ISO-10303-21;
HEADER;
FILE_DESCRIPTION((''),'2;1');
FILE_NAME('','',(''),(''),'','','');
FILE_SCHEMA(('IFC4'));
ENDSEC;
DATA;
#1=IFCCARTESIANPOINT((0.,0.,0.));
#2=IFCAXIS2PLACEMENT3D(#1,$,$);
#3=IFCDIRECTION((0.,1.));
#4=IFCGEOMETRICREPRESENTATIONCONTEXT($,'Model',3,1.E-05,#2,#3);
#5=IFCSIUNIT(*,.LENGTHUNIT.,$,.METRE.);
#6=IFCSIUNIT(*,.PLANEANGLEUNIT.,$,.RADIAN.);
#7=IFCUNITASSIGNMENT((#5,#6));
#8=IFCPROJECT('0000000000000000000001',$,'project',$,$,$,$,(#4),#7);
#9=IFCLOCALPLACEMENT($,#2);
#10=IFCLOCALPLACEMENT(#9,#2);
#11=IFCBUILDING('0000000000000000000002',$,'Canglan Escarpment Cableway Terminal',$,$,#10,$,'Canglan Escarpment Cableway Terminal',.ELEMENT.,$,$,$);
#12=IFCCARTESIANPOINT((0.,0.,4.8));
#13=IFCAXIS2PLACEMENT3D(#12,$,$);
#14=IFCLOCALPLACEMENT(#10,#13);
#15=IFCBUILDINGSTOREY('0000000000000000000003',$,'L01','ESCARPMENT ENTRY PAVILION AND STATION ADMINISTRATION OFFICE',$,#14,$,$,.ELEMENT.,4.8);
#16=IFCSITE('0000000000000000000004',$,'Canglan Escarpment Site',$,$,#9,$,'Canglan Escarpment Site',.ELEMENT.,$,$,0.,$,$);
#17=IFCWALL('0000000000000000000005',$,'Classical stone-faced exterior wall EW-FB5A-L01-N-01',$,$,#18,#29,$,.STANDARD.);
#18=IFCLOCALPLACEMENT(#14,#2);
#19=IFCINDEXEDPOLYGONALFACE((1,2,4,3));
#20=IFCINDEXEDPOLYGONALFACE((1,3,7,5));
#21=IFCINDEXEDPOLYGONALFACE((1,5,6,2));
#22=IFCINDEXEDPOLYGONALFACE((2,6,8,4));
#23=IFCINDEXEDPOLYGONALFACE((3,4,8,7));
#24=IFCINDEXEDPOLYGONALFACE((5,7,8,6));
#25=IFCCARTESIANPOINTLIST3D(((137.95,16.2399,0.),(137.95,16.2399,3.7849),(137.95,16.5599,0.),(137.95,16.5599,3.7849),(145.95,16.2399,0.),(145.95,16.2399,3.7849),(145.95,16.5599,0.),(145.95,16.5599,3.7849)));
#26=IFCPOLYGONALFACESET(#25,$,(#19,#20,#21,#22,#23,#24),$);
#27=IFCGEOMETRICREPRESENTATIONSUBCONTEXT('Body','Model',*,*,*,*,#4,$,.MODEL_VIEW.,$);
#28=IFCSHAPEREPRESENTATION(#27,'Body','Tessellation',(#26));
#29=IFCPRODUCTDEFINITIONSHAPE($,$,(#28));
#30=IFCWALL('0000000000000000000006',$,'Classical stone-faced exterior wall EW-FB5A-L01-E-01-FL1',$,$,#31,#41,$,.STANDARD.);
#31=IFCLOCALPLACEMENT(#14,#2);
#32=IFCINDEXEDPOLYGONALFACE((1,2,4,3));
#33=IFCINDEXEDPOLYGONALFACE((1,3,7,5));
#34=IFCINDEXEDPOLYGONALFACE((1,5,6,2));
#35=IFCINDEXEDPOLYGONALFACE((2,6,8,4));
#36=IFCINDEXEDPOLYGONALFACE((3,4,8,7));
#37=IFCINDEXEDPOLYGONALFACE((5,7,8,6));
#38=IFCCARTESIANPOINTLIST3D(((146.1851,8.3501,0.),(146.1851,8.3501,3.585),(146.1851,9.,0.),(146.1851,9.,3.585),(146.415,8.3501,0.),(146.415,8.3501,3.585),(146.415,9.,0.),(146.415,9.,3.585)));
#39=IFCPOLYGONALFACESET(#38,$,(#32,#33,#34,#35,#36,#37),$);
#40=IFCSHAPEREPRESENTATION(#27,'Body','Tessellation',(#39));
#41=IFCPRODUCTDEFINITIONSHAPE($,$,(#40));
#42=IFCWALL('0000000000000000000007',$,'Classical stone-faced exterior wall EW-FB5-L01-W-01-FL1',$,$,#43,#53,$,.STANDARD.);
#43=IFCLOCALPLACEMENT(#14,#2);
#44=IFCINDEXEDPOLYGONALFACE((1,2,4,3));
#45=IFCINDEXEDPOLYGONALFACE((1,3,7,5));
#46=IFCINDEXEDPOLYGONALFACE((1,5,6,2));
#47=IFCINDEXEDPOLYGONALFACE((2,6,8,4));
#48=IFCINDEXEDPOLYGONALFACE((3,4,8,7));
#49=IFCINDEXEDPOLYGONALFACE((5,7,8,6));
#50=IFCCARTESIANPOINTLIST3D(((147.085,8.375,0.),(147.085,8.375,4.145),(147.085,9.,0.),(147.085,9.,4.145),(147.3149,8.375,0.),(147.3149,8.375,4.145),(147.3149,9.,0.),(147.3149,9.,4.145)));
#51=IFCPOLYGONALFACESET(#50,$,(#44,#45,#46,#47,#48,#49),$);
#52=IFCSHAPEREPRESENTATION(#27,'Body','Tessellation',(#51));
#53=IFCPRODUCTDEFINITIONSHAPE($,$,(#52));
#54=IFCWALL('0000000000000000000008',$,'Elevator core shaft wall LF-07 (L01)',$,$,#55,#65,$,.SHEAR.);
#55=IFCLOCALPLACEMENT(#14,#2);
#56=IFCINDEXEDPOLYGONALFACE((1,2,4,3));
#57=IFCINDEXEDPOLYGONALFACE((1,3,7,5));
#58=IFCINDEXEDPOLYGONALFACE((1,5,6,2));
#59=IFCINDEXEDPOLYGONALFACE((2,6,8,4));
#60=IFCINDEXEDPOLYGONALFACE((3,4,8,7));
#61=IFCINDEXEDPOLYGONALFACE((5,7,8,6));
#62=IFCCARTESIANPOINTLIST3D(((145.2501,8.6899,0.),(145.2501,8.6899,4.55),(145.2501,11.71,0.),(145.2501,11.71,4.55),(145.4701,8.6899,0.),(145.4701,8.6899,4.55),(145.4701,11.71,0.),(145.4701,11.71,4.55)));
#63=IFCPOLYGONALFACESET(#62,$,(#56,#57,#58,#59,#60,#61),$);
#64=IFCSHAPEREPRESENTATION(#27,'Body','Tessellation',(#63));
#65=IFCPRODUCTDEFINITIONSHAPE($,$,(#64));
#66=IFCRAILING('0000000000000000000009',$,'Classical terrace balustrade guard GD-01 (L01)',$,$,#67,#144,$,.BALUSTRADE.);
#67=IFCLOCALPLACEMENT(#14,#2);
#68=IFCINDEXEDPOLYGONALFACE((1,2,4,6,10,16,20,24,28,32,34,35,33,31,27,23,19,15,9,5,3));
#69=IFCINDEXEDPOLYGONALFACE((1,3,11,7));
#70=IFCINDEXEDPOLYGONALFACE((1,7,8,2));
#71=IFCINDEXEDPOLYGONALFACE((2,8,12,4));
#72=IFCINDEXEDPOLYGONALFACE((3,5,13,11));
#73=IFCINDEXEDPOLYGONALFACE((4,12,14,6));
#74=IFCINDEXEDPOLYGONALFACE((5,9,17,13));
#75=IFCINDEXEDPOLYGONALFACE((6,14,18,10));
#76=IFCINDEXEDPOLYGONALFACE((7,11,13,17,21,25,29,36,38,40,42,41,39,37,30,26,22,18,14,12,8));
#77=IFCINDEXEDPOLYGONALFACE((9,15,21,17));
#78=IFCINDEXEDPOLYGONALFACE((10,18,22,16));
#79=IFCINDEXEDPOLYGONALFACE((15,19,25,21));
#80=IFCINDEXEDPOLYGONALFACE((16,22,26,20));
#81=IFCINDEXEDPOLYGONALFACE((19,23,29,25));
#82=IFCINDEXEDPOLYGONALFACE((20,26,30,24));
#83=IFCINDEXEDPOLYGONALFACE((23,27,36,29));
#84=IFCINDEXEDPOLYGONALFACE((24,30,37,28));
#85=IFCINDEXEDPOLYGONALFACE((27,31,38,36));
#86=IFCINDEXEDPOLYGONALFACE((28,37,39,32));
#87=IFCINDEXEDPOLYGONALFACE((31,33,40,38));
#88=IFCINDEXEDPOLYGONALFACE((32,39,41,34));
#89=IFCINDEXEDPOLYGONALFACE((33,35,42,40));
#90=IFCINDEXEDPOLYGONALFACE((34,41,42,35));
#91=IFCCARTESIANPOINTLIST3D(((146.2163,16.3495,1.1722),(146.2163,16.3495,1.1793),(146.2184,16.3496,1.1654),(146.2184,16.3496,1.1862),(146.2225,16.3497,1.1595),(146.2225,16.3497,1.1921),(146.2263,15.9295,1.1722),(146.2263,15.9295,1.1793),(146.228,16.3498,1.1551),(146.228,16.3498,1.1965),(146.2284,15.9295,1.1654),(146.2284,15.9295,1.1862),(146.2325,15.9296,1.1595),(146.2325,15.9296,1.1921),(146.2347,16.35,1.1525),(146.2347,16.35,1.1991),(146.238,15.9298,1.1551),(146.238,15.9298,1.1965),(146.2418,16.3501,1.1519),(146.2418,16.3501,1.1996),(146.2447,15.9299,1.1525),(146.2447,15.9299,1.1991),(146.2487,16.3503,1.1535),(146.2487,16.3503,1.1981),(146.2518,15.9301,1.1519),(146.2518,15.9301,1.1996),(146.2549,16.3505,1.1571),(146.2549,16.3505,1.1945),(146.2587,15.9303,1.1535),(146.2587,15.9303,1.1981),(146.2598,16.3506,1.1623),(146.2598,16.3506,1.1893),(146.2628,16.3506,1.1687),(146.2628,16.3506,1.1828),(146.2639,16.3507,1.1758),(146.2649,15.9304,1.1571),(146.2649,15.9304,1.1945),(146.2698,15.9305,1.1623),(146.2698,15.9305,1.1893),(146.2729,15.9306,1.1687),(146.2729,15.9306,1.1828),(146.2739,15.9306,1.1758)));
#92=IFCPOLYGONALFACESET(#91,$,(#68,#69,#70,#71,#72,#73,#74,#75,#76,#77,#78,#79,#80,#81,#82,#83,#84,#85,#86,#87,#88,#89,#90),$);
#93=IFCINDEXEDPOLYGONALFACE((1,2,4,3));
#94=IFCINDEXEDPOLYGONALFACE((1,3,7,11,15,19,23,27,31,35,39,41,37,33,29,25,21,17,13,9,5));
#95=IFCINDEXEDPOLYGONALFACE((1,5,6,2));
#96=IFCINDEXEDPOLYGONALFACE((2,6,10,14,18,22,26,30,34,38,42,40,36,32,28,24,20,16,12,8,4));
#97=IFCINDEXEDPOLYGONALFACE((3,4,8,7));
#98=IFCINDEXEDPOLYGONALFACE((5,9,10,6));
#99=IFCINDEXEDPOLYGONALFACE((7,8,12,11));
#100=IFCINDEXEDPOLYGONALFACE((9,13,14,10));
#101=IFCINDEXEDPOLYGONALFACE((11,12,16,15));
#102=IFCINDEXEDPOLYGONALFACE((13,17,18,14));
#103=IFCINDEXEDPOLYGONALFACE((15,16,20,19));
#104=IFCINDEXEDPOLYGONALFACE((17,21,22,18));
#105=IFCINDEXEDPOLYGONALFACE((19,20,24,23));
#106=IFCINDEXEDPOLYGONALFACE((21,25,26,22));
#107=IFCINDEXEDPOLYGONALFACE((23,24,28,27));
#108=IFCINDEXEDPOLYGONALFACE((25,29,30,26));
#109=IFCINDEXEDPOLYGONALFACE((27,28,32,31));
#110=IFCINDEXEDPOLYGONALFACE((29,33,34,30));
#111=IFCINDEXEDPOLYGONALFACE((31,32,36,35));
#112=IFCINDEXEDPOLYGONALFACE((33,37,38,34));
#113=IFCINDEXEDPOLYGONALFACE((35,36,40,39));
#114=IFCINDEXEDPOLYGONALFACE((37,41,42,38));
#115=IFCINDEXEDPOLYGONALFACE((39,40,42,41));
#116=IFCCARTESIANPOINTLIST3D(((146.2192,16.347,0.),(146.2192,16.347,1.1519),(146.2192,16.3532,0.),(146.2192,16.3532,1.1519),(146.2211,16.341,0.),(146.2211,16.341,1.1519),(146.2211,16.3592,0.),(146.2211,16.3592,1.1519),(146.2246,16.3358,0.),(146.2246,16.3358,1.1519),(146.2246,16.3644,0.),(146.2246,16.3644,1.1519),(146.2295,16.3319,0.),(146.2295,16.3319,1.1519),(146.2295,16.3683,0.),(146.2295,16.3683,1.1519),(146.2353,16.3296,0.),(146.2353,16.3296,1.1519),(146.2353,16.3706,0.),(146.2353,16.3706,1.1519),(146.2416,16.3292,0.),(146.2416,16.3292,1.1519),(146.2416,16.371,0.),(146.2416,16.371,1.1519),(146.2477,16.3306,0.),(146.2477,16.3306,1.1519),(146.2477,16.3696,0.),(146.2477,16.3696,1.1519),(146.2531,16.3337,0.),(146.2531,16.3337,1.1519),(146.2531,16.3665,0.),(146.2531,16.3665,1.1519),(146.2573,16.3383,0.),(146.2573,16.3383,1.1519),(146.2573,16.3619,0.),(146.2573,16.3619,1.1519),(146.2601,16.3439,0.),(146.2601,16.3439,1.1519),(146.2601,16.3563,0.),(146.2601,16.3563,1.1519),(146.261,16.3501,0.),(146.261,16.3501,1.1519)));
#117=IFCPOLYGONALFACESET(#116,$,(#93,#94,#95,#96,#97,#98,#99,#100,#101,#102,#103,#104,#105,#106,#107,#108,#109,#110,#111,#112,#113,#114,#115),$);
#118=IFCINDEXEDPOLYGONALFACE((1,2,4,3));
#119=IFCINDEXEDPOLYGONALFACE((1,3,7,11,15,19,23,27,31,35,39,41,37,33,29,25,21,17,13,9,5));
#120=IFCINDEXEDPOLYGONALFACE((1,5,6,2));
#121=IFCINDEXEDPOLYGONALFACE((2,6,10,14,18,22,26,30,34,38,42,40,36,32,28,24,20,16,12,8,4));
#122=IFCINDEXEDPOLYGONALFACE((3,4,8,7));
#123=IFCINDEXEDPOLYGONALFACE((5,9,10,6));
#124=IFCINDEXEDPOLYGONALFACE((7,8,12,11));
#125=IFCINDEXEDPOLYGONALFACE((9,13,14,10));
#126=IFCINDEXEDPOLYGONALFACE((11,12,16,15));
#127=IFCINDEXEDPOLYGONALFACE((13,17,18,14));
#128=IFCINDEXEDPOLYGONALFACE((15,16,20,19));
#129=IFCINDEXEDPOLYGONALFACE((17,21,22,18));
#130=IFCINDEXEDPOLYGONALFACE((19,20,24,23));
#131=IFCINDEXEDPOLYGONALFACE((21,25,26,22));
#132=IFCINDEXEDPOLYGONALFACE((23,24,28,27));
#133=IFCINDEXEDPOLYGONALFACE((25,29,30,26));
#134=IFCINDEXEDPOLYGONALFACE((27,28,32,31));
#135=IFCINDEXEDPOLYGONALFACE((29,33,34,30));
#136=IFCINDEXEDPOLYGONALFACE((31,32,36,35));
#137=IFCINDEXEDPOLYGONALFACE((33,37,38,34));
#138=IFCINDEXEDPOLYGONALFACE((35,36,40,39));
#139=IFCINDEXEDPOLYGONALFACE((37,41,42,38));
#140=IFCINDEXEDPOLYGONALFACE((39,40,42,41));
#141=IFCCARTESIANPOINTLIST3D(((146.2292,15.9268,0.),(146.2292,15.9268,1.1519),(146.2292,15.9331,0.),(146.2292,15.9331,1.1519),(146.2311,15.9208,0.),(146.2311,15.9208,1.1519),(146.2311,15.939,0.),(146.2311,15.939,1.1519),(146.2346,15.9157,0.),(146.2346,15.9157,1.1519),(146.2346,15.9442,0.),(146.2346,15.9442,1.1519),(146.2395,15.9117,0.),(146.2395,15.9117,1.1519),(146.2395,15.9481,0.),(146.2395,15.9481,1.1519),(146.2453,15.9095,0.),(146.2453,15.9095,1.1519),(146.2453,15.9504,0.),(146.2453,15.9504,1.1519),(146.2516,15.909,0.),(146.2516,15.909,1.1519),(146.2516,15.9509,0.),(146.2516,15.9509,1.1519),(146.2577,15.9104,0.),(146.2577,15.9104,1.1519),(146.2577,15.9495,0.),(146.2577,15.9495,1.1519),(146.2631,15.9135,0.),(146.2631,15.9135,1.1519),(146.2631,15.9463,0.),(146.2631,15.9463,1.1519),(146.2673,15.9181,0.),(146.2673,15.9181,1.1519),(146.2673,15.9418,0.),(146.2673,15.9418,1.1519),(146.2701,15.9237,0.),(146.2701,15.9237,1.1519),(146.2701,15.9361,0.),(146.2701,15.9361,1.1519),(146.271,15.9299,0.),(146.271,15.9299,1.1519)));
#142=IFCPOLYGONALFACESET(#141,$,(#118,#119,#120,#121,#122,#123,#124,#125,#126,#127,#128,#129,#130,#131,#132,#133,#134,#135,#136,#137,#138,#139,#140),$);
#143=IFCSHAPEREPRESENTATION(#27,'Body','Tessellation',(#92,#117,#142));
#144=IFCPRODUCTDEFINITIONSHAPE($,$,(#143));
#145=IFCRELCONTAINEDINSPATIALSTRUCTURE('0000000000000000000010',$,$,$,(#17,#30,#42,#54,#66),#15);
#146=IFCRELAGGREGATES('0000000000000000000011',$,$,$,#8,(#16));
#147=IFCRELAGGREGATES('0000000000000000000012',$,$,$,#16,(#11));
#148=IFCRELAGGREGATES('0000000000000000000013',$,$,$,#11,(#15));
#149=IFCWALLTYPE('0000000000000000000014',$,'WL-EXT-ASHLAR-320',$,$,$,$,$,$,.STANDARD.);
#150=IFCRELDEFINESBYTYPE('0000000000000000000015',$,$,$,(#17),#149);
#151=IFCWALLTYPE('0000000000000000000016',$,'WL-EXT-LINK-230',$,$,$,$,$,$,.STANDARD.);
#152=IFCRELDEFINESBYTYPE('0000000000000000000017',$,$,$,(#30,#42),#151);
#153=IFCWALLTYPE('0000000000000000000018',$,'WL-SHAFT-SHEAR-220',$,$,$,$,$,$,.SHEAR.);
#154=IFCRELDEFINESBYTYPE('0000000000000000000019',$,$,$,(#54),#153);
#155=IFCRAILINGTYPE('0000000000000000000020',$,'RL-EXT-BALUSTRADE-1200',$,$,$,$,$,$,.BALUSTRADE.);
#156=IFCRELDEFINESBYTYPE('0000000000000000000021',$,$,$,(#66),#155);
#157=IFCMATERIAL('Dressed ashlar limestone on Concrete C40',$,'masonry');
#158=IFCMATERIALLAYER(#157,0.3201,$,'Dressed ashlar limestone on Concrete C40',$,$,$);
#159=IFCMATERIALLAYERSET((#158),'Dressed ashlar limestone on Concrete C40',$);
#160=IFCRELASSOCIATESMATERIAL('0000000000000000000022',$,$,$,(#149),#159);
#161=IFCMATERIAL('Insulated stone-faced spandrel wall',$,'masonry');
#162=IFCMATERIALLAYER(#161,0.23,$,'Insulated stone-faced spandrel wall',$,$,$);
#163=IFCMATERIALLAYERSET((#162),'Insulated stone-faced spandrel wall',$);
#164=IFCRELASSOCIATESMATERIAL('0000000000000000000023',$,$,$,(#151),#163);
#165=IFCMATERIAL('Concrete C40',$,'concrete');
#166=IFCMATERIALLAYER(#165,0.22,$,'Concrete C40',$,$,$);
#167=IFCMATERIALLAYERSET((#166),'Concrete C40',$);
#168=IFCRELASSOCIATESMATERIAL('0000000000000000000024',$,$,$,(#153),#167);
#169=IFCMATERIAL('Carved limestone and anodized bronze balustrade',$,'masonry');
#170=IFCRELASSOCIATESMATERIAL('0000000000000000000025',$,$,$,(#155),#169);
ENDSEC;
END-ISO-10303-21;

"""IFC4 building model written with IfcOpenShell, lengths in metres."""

from ifc_helpers import new_model, si_unit, direction, frame, frame_2d, origin, origin_2d, place, context, subcontext, project, spatial, rectangle, circle, extrude, material, layer, layer_set, type_object, element, save


model = new_model("IFC4")

# Units and contexts
model_context = context("Model", 3, precision=1e-05, world=origin(), true_north=direction((0.0, 1.0)))
body_context = subcontext(model_context, "Body", "Model", "MODEL_VIEW")
ifc_project = project(units=[si_unit("LENGTHUNIT", "METRE"), si_unit("PLANEANGLEUNIT", "RADIAN")], contexts=[model_context])

# Site, building, storey
site_placement = place(None, origin())
site = spatial("IfcSite", under=ifc_project, at=site_placement, Name="Canglan Escarpment Site", LongName="Canglan Escarpment Site", CompositionType="ELEMENT", RefElevation=0.0)
building_placement = place(site_placement, origin())
building = spatial("IfcBuilding", under=site, at=building_placement, Name="Canglan Escarpment Cableway Terminal", LongName="Canglan Escarpment Cableway Terminal", CompositionType="ELEMENT")
storey_placement = place(building_placement, frame((0.0, 0.0, 4.8)))
storey = spatial("IfcBuildingStorey", under=building, at=storey_placement, Name="L01", Description="ESCARPMENT ENTRY PAVILION AND STATION ADMINISTRATION OFFICE", CompositionType="ELEMENT", Elevation=4.8)

# Shared definitions
ifc_material_1 = material(Name="Concrete C40", Category="concrete")

# Walls
ifc_material_2 = material(Name="Dressed ashlar limestone on Concrete C40", Category="masonry")
ifc_layer_1 = layer(ifc_material_2, 0.3201, Name="Dressed ashlar limestone on Concrete C40")
ifc_layer_set_1 = layer_set([ifc_layer_1], Name="Dressed ashlar limestone on Concrete C40")
wall_type_1 = type_object("IfcWallType", Name="WL-EXT-ASHLAR-320", PredefinedType="STANDARD", material=ifc_layer_set_1)
wall_1_placement = place(storey_placement, frame((145.95, 16.3999, 0.0), z_axis=(0.0, 0.0, 1.0), x_axis=(-1.0, 0.0, 0.0)))
element("IfcWall", 1, at=wall_1_placement, inside=storey, type_object=wall_type_1, Name="Classical stone-faced exterior wall EW-FB5A-L01-N-01", PredefinedType="STANDARD", context=body_context, shape_type="SweptSolid", body=[
    extrude(rectangle(XDim=8.0, YDim=0.3201, at=frame_2d((4.0, 0.0))), origin(), (0.0, 0.0, 1.0), 3.7849),
])
ifc_material_3 = material(Name="Insulated stone-faced spandrel wall", Category="masonry")
ifc_layer_2 = layer(ifc_material_3, 0.23, Name="Insulated stone-faced spandrel wall")
ifc_layer_set_2 = layer_set([ifc_layer_2], Name="Insulated stone-faced spandrel wall")
wall_type_2 = type_object("IfcWallType", Name="WL-EXT-LINK-230", PredefinedType="STANDARD", material=ifc_layer_set_2)
wall_2_placement = place(storey_placement, frame((146.3, 8.3501, 0.0), z_axis=(0.0, 0.0, 1.0), x_axis=(0.0, 1.0, 0.0)))
element("IfcWall", 2, at=wall_2_placement, inside=storey, type_object=wall_type_2, Name="Classical stone-faced exterior wall EW-FB5A-L01-E-01-FL1", PredefinedType="STANDARD", context=body_context, shape_type="SweptSolid", body=[
    extrude(rectangle(XDim=0.6499, YDim=0.23, at=frame_2d((0.325, 0.0))), origin(), (0.0, 0.0, 1.0), 3.585),
])
wall_3_placement = place(storey_placement, frame((147.2, 8.375, 0.0), z_axis=(0.0, 0.0, 1.0), x_axis=(0.0, 1.0, 0.0)))
element("IfcWall", 3, at=wall_3_placement, inside=storey, type_object=wall_type_2, Name="Classical stone-faced exterior wall EW-FB5-L01-W-01-FL1", PredefinedType="STANDARD", context=body_context, shape_type="SweptSolid", body=[
    extrude(rectangle(XDim=0.625, YDim=0.23, at=frame_2d((0.3125, 0.0))), origin(), (0.0, 0.0, 1.0), 4.145),
])
ifc_layer_3 = layer(ifc_material_1, 0.22, Name="Concrete C40")
ifc_layer_set_3 = layer_set([ifc_layer_3], Name="Concrete C40")
wall_type_3 = type_object("IfcWallType", Name="WL-SHAFT-SHEAR-220", PredefinedType="SHEAR", material=ifc_layer_set_3)
wall_4_placement = place(storey_placement, frame((145.3601, 8.6899, 0.0), z_axis=(0.0, 0.0, 1.0), x_axis=(0.0, 1.0, 0.0)))
element("IfcWall", 4, at=wall_4_placement, inside=storey, type_object=wall_type_3, Name="Elevator core shaft wall LF-07 (L01)", PredefinedType="SHEAR", context=body_context, shape_type="SweptSolid", body=[
    extrude(rectangle(XDim=3.02, YDim=0.22, at=frame_2d((1.51, 0.0))), origin(), (0.0, 0.0, 1.0), 4.55),
])

# Railing
ifc_material_4 = material(Name="Carved limestone and anodized bronze balustrade", Category="masonry")
railing_type = type_object("IfcRailingType", Name="RL-EXT-BALUSTRADE-1200", PredefinedType="BALUSTRADE", material=ifc_material_4)
railing_1_placement = place(storey_placement, frame((146.24, 16.3501, 0.0)))
element("IfcRailing", 5, at=railing_1_placement, inside=storey, type_object=railing_type, Name="Classical terrace balustrade guard GD-01 (L01)", PredefinedType="BALUSTRADE", context=body_context, shape_type="SweptSolid", body=[
    extrude(circle(Radius=0.0239, at=origin_2d()), frame((0.0, 0.0, 1.1758), z_axis=(0.023817, -0.999716, 0.0), x_axis=(0.999716, 0.023817, 0.0)), (0.0, 0.0, 1.0), 0.4202),
    extrude(circle(Radius=0.021, at=origin_2d()), origin(), (0.0, 0.0, 1.0), 1.1519),
    extrude(circle(Radius=0.021, at=origin_2d()), frame((0.01, -0.4202, 0.0)), (0.0, 0.0, 1.0), 1.1519),
])

save(model, "model.ifc")
